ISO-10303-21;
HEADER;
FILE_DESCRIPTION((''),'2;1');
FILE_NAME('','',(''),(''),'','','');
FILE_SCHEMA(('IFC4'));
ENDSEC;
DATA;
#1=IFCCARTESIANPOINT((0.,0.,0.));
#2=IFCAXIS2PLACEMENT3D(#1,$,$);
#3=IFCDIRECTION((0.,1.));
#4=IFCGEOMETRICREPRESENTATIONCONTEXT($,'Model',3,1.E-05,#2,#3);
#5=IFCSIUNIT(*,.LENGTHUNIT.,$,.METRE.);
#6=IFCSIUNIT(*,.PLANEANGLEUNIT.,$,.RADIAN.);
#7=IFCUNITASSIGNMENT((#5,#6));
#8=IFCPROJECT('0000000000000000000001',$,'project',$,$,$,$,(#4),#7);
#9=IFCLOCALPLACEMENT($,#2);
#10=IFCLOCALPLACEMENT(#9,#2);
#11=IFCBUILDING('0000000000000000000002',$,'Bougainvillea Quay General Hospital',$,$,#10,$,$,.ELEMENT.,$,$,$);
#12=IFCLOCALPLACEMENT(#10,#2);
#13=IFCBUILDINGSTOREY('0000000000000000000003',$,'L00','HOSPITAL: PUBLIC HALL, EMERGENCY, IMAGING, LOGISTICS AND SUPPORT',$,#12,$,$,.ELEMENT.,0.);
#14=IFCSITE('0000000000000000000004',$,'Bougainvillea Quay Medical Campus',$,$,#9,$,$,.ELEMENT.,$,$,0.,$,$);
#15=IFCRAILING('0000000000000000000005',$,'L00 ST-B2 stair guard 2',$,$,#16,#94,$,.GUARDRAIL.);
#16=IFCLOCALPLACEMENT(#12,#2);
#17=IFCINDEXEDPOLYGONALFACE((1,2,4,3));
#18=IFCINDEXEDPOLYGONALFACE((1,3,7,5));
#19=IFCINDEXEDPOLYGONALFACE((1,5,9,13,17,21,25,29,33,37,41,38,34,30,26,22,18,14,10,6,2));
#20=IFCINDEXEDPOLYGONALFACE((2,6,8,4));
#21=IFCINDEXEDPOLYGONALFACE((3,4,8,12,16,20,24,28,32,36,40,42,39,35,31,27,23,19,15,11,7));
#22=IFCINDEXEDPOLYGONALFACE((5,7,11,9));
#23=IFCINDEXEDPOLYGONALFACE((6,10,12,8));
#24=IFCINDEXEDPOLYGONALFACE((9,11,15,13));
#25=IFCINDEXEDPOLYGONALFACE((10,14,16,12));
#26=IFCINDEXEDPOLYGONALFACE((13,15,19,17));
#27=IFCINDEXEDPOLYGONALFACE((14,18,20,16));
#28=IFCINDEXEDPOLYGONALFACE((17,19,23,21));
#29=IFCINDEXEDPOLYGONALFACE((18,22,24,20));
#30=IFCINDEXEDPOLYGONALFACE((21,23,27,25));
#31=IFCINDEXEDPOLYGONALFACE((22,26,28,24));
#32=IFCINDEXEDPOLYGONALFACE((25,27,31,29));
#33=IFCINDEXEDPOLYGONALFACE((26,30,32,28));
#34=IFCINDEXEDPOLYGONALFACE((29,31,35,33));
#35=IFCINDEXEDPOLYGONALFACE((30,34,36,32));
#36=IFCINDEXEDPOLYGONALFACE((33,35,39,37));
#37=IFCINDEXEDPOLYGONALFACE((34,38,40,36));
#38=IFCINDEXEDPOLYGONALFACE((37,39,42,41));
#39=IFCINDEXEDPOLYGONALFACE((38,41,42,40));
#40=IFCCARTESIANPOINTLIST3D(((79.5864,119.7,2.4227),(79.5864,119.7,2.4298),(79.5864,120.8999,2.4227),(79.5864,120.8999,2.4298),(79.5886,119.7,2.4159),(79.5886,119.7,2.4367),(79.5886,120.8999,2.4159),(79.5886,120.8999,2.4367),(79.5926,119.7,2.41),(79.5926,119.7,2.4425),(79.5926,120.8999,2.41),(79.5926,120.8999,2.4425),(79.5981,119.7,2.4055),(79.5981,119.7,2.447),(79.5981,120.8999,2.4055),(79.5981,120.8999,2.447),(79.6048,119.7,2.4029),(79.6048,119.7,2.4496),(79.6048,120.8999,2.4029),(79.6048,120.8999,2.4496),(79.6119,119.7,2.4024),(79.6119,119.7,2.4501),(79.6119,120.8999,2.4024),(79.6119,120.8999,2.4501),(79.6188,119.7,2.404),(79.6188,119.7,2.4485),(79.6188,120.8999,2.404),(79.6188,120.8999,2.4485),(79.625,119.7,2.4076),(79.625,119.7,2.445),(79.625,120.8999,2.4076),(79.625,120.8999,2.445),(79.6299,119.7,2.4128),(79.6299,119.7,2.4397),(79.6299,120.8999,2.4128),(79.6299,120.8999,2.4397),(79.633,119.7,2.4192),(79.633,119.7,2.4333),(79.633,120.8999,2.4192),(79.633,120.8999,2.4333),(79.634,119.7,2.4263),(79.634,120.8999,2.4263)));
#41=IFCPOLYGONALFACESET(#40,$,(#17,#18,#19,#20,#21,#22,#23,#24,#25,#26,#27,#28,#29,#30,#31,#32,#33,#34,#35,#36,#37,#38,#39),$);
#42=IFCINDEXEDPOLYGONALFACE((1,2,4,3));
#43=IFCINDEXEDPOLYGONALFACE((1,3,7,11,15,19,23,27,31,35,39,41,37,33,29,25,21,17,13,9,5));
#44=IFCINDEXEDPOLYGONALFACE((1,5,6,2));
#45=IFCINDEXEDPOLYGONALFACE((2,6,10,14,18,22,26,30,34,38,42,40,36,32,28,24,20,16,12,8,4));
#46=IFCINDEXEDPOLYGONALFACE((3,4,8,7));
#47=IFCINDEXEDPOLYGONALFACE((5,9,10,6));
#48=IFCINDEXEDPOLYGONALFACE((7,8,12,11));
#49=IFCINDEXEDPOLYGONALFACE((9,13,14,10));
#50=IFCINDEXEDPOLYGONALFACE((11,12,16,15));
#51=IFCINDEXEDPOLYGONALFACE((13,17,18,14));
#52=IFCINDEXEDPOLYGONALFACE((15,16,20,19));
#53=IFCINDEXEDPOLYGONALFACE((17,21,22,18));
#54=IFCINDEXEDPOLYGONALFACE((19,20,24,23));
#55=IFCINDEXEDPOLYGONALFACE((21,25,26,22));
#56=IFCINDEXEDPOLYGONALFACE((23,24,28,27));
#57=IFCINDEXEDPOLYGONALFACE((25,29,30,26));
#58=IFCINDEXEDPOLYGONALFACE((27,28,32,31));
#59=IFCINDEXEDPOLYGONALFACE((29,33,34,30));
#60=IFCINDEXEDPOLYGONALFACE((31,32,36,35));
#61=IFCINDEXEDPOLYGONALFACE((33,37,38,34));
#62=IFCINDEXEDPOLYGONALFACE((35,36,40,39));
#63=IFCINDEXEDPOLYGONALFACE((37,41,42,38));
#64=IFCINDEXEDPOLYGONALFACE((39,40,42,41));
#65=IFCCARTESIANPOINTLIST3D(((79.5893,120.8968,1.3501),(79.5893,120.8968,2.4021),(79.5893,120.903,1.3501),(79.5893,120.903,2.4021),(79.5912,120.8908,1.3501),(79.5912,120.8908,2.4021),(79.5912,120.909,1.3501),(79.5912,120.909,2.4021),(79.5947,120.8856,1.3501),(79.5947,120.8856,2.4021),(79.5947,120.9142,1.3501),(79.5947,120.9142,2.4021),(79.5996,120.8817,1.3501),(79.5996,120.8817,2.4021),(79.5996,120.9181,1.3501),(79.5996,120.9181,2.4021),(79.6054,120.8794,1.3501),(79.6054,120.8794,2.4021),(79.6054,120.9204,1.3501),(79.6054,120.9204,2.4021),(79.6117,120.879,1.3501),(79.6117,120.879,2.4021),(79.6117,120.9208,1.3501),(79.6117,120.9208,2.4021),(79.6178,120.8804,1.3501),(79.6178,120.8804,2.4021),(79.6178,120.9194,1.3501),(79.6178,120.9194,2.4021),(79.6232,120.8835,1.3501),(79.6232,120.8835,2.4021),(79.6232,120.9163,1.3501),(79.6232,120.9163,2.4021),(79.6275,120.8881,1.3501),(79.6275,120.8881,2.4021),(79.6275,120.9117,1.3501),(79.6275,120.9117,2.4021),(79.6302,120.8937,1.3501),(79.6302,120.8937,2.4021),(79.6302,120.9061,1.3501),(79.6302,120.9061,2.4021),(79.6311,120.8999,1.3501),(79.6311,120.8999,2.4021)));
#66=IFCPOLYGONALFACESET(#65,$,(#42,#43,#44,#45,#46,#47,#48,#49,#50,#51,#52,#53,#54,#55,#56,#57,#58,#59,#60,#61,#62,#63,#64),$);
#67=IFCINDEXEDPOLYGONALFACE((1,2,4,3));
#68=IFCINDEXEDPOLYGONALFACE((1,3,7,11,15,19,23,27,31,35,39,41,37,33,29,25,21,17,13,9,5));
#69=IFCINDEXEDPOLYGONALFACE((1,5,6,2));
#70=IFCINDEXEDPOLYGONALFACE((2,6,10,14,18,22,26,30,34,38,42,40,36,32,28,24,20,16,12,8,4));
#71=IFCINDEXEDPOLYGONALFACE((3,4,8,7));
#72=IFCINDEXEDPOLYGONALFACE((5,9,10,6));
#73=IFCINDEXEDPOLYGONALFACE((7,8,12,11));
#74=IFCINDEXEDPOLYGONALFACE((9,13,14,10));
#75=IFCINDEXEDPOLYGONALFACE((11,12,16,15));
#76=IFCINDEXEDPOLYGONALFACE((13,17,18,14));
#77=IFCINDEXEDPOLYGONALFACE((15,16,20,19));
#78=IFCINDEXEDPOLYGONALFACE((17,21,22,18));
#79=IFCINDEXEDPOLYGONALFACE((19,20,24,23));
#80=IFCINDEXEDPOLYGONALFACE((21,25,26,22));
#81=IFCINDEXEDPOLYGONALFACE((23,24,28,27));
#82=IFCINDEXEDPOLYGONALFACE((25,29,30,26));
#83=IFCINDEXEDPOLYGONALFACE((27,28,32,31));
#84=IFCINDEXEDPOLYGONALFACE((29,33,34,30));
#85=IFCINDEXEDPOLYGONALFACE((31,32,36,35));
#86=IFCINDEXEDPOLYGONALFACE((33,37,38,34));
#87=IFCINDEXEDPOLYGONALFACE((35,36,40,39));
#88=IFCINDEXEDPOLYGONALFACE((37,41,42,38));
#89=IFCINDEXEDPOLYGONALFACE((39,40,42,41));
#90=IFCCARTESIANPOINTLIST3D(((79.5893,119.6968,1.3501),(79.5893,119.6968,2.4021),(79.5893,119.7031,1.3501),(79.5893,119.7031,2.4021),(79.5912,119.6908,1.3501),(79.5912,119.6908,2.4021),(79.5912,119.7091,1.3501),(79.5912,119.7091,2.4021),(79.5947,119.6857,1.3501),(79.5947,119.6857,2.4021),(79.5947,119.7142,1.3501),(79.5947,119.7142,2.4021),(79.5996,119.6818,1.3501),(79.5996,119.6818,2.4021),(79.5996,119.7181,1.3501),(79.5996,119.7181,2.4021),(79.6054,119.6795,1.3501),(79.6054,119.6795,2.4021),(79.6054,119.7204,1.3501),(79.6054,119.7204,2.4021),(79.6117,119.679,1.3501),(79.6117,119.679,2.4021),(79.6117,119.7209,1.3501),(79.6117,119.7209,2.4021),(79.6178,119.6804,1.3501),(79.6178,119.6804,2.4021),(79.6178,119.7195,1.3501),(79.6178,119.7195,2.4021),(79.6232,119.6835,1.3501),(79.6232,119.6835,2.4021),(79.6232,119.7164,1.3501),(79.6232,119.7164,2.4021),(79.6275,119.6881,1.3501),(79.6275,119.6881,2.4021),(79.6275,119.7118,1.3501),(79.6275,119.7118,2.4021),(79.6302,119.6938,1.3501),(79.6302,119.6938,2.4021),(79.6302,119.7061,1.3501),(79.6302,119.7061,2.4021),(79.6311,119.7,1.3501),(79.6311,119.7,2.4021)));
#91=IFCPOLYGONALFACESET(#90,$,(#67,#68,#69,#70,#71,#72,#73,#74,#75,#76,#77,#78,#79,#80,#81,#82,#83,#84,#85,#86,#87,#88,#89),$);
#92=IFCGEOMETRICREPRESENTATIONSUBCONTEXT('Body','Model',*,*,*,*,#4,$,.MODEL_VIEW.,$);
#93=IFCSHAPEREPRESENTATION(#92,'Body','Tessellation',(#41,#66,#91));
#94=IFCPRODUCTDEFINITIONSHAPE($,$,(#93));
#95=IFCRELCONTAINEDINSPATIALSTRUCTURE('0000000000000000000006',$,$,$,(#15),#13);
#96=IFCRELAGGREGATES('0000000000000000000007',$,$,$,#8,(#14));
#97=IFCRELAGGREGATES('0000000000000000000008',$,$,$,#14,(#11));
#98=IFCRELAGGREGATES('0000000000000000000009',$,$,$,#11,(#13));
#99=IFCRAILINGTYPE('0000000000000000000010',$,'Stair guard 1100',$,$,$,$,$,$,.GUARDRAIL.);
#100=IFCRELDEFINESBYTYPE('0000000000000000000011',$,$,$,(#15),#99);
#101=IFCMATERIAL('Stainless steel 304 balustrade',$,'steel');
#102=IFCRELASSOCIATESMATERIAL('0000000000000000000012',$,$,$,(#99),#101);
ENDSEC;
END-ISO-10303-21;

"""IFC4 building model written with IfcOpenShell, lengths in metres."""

from ifc_helpers import new_model, si_unit, direction, frame, origin, origin_2d, place, context, subcontext, project, spatial, circle, extrude, material, type_object, element, save


model = new_model("IFC4")

# Units and contexts
model_context = context("Model", 3, precision=1e-05, world=origin(), true_north=direction((0.0, 1.0)))
body_context = subcontext(model_context, "Body", "Model", "MODEL_VIEW")
ifc_project = project(units=[si_unit("LENGTHUNIT", "METRE"), si_unit("PLANEANGLEUNIT", "RADIAN")], contexts=[model_context])

# Site, building, storey
site_placement = place(None, origin())
site = spatial("IfcSite", under=ifc_project, at=site_placement, Name="Bougainvillea Quay Medical Campus", CompositionType="ELEMENT", RefElevation=0.0)
building_placement = place(site_placement, origin())
building = spatial("IfcBuilding", under=site, at=building_placement, Name="Bougainvillea Quay General Hospital", CompositionType="ELEMENT")
storey_placement = place(building_placement, origin())
storey = spatial("IfcBuildingStorey", under=building, at=storey_placement, Name="L00", Description="HOSPITAL: PUBLIC HALL, EMERGENCY, IMAGING, LOGISTICS AND SUPPORT", CompositionType="ELEMENT", Elevation=0.0)

# Railing
ifc_material_1 = material(Name="Stainless steel 304 balustrade", Category="steel")
railing_type_1 = type_object("IfcRailingType", Name="Stair guard 1100", PredefinedType="GUARDRAIL", material=ifc_material_1)
railing_1_placement = place(storey_placement, frame((79.6101, 120.8999, 1.3501)))
element("IfcRailing", 1, at=railing_1_placement, inside=storey, type_object=railing_type_1, Name="L00 ST-B2 stair guard 2", PredefinedType="GUARDRAIL", context=body_context, shape_type="SweptSolid", body=[
    extrude(circle(Radius=0.0239, at=origin_2d()), frame((0.0, 0.0, 1.0762), z_axis=(0.0, -1.0, 0.0), x_axis=(1.0, 0.0, 0.0)), (0.0, 0.0, 1.0), 1.2),
    extrude(circle(Radius=0.021, at=origin_2d()), origin(), (0.0, 0.0, 1.0), 1.052),
    extrude(circle(Radius=0.021, at=origin_2d()), frame((0.0, -1.2, 0.0)), (0.0, 0.0, 1.0), 1.052),
])

save(model, "model.ifc")
